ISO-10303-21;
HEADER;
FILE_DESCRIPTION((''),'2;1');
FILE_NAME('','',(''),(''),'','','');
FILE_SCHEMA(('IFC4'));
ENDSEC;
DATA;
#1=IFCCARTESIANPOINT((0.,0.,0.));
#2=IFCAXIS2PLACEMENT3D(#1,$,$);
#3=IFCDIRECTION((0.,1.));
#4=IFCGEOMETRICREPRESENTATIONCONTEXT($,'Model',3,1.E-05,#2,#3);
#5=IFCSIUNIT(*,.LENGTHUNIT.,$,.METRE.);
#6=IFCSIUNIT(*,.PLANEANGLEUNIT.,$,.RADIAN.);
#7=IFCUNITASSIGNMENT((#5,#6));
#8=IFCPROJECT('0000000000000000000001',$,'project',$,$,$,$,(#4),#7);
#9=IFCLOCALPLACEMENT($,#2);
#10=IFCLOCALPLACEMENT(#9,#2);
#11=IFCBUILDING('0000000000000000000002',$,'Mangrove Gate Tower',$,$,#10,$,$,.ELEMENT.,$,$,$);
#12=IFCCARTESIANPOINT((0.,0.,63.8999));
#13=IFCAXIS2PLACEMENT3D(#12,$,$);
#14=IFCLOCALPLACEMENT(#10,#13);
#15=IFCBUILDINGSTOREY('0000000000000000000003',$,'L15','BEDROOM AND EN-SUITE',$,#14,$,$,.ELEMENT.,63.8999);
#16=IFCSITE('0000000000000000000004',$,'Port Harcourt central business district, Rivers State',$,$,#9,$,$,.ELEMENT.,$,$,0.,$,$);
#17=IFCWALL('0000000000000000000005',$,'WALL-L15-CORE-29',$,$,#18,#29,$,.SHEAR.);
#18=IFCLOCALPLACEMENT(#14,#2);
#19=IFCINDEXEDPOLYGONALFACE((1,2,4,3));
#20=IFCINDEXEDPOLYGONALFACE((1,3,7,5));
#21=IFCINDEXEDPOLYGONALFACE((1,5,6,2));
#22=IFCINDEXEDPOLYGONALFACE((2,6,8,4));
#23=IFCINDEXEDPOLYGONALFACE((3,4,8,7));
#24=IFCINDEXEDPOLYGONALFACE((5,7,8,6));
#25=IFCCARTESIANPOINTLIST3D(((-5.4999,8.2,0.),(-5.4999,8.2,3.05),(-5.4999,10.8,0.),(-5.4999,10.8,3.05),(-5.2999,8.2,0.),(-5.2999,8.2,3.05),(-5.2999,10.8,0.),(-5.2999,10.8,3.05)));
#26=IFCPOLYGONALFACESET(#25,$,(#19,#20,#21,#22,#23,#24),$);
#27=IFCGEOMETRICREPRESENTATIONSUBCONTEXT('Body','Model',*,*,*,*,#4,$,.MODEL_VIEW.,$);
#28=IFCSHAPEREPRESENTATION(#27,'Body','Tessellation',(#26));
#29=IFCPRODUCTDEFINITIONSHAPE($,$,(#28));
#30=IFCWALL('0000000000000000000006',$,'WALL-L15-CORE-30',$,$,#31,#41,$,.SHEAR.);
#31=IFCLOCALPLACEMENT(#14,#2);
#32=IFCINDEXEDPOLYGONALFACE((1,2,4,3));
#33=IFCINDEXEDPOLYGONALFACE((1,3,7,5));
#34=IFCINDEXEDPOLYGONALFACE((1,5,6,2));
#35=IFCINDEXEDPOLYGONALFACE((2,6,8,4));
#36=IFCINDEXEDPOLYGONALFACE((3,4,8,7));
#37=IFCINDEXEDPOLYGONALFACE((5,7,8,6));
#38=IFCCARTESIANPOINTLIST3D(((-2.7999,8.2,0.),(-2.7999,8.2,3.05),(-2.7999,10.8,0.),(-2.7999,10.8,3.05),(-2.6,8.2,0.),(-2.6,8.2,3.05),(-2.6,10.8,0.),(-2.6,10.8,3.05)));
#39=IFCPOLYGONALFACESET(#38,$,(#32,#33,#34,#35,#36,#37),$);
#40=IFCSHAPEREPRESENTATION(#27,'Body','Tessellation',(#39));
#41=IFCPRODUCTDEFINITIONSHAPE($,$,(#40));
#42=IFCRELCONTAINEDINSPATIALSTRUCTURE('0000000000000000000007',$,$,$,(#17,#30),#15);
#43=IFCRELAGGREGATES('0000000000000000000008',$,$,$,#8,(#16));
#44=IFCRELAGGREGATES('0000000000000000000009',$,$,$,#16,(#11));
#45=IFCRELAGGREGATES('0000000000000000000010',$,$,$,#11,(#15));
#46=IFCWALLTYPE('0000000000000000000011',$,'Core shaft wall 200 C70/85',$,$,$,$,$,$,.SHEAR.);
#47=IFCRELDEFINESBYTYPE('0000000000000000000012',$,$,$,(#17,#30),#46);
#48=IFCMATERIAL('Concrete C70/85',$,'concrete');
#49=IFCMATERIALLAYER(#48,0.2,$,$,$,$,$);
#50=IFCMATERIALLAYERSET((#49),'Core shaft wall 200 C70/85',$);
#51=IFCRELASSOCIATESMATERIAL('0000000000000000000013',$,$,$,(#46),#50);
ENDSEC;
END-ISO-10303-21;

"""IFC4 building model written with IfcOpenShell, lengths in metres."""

from ifc_helpers import new_model, si_unit, direction, frame, frame_2d, origin, place, context, subcontext, project, spatial, rectangle, extrude, material, layer, layer_set, type_object, element, save


model = new_model("IFC4")

# Units and contexts
model_context = context("Model", 3, precision=1e-05, world=origin(), true_north=direction((0.0, 1.0)))
body_context = subcontext(model_context, "Body", "Model", "MODEL_VIEW")
ifc_project = project(units=[si_unit("LENGTHUNIT", "METRE"), si_unit("PLANEANGLEUNIT", "RADIAN")], contexts=[model_context])

# Site, building, storey
site_placement = place(None, origin())
site = spatial("IfcSite", under=ifc_project, at=site_placement, Name="Port Harcourt central business district, Rivers State", CompositionType="ELEMENT", RefElevation=0.0)
building_placement = place(site_placement, origin())
building = spatial("IfcBuilding", under=site, at=building_placement, Name="Mangrove Gate Tower", CompositionType="ELEMENT")
storey_placement = place(building_placement, frame((0.0, 0.0, 63.8999)))
storey = spatial("IfcBuildingStorey", under=building, at=storey_placement, Name="L15", Description="BEDROOM AND EN-SUITE", CompositionType="ELEMENT", Elevation=63.8999)

# Shared definitions
ifc_material_1 = material(Name="Concrete C70/85", Category="concrete")
ifc_layer_1 = layer(ifc_material_1, 0.2)
ifc_layer_set_1 = layer_set([ifc_layer_1], Name="Core shaft wall 200 C70/85")
wall_type_1 = type_object("IfcWallType", Name="Core shaft wall 200 C70/85", PredefinedType="SHEAR", material=ifc_layer_set_1)

# Walls
for number, where, z_axis, x_axis, name in (
    (1, (-5.3999, 8.2, 0.0), (0.0, 0.0, 1.0), (0.0, 1.0, 0.0), "WALL-L15-CORE-29"),
    (2, (-2.7, 8.2, 0.0), (0.0, 0.0, 1.0), (0.0, 1.0, 0.0), "WALL-L15-CORE-30"),
):
    element("IfcWall", number, at=place(storey_placement, frame(where, z_axis=z_axis, x_axis=x_axis)), inside=storey, type_object=wall_type_1, Name=name, PredefinedType="SHEAR", context=body_context, shape_type="SweptSolid", body=[
        extrude(rectangle(XDim=2.6001, YDim=0.2, at=frame_2d((1.3, 0.0))), origin(), (0.0, 0.0, 1.0), 3.05),
    ])

save(model, "model.ifc")
